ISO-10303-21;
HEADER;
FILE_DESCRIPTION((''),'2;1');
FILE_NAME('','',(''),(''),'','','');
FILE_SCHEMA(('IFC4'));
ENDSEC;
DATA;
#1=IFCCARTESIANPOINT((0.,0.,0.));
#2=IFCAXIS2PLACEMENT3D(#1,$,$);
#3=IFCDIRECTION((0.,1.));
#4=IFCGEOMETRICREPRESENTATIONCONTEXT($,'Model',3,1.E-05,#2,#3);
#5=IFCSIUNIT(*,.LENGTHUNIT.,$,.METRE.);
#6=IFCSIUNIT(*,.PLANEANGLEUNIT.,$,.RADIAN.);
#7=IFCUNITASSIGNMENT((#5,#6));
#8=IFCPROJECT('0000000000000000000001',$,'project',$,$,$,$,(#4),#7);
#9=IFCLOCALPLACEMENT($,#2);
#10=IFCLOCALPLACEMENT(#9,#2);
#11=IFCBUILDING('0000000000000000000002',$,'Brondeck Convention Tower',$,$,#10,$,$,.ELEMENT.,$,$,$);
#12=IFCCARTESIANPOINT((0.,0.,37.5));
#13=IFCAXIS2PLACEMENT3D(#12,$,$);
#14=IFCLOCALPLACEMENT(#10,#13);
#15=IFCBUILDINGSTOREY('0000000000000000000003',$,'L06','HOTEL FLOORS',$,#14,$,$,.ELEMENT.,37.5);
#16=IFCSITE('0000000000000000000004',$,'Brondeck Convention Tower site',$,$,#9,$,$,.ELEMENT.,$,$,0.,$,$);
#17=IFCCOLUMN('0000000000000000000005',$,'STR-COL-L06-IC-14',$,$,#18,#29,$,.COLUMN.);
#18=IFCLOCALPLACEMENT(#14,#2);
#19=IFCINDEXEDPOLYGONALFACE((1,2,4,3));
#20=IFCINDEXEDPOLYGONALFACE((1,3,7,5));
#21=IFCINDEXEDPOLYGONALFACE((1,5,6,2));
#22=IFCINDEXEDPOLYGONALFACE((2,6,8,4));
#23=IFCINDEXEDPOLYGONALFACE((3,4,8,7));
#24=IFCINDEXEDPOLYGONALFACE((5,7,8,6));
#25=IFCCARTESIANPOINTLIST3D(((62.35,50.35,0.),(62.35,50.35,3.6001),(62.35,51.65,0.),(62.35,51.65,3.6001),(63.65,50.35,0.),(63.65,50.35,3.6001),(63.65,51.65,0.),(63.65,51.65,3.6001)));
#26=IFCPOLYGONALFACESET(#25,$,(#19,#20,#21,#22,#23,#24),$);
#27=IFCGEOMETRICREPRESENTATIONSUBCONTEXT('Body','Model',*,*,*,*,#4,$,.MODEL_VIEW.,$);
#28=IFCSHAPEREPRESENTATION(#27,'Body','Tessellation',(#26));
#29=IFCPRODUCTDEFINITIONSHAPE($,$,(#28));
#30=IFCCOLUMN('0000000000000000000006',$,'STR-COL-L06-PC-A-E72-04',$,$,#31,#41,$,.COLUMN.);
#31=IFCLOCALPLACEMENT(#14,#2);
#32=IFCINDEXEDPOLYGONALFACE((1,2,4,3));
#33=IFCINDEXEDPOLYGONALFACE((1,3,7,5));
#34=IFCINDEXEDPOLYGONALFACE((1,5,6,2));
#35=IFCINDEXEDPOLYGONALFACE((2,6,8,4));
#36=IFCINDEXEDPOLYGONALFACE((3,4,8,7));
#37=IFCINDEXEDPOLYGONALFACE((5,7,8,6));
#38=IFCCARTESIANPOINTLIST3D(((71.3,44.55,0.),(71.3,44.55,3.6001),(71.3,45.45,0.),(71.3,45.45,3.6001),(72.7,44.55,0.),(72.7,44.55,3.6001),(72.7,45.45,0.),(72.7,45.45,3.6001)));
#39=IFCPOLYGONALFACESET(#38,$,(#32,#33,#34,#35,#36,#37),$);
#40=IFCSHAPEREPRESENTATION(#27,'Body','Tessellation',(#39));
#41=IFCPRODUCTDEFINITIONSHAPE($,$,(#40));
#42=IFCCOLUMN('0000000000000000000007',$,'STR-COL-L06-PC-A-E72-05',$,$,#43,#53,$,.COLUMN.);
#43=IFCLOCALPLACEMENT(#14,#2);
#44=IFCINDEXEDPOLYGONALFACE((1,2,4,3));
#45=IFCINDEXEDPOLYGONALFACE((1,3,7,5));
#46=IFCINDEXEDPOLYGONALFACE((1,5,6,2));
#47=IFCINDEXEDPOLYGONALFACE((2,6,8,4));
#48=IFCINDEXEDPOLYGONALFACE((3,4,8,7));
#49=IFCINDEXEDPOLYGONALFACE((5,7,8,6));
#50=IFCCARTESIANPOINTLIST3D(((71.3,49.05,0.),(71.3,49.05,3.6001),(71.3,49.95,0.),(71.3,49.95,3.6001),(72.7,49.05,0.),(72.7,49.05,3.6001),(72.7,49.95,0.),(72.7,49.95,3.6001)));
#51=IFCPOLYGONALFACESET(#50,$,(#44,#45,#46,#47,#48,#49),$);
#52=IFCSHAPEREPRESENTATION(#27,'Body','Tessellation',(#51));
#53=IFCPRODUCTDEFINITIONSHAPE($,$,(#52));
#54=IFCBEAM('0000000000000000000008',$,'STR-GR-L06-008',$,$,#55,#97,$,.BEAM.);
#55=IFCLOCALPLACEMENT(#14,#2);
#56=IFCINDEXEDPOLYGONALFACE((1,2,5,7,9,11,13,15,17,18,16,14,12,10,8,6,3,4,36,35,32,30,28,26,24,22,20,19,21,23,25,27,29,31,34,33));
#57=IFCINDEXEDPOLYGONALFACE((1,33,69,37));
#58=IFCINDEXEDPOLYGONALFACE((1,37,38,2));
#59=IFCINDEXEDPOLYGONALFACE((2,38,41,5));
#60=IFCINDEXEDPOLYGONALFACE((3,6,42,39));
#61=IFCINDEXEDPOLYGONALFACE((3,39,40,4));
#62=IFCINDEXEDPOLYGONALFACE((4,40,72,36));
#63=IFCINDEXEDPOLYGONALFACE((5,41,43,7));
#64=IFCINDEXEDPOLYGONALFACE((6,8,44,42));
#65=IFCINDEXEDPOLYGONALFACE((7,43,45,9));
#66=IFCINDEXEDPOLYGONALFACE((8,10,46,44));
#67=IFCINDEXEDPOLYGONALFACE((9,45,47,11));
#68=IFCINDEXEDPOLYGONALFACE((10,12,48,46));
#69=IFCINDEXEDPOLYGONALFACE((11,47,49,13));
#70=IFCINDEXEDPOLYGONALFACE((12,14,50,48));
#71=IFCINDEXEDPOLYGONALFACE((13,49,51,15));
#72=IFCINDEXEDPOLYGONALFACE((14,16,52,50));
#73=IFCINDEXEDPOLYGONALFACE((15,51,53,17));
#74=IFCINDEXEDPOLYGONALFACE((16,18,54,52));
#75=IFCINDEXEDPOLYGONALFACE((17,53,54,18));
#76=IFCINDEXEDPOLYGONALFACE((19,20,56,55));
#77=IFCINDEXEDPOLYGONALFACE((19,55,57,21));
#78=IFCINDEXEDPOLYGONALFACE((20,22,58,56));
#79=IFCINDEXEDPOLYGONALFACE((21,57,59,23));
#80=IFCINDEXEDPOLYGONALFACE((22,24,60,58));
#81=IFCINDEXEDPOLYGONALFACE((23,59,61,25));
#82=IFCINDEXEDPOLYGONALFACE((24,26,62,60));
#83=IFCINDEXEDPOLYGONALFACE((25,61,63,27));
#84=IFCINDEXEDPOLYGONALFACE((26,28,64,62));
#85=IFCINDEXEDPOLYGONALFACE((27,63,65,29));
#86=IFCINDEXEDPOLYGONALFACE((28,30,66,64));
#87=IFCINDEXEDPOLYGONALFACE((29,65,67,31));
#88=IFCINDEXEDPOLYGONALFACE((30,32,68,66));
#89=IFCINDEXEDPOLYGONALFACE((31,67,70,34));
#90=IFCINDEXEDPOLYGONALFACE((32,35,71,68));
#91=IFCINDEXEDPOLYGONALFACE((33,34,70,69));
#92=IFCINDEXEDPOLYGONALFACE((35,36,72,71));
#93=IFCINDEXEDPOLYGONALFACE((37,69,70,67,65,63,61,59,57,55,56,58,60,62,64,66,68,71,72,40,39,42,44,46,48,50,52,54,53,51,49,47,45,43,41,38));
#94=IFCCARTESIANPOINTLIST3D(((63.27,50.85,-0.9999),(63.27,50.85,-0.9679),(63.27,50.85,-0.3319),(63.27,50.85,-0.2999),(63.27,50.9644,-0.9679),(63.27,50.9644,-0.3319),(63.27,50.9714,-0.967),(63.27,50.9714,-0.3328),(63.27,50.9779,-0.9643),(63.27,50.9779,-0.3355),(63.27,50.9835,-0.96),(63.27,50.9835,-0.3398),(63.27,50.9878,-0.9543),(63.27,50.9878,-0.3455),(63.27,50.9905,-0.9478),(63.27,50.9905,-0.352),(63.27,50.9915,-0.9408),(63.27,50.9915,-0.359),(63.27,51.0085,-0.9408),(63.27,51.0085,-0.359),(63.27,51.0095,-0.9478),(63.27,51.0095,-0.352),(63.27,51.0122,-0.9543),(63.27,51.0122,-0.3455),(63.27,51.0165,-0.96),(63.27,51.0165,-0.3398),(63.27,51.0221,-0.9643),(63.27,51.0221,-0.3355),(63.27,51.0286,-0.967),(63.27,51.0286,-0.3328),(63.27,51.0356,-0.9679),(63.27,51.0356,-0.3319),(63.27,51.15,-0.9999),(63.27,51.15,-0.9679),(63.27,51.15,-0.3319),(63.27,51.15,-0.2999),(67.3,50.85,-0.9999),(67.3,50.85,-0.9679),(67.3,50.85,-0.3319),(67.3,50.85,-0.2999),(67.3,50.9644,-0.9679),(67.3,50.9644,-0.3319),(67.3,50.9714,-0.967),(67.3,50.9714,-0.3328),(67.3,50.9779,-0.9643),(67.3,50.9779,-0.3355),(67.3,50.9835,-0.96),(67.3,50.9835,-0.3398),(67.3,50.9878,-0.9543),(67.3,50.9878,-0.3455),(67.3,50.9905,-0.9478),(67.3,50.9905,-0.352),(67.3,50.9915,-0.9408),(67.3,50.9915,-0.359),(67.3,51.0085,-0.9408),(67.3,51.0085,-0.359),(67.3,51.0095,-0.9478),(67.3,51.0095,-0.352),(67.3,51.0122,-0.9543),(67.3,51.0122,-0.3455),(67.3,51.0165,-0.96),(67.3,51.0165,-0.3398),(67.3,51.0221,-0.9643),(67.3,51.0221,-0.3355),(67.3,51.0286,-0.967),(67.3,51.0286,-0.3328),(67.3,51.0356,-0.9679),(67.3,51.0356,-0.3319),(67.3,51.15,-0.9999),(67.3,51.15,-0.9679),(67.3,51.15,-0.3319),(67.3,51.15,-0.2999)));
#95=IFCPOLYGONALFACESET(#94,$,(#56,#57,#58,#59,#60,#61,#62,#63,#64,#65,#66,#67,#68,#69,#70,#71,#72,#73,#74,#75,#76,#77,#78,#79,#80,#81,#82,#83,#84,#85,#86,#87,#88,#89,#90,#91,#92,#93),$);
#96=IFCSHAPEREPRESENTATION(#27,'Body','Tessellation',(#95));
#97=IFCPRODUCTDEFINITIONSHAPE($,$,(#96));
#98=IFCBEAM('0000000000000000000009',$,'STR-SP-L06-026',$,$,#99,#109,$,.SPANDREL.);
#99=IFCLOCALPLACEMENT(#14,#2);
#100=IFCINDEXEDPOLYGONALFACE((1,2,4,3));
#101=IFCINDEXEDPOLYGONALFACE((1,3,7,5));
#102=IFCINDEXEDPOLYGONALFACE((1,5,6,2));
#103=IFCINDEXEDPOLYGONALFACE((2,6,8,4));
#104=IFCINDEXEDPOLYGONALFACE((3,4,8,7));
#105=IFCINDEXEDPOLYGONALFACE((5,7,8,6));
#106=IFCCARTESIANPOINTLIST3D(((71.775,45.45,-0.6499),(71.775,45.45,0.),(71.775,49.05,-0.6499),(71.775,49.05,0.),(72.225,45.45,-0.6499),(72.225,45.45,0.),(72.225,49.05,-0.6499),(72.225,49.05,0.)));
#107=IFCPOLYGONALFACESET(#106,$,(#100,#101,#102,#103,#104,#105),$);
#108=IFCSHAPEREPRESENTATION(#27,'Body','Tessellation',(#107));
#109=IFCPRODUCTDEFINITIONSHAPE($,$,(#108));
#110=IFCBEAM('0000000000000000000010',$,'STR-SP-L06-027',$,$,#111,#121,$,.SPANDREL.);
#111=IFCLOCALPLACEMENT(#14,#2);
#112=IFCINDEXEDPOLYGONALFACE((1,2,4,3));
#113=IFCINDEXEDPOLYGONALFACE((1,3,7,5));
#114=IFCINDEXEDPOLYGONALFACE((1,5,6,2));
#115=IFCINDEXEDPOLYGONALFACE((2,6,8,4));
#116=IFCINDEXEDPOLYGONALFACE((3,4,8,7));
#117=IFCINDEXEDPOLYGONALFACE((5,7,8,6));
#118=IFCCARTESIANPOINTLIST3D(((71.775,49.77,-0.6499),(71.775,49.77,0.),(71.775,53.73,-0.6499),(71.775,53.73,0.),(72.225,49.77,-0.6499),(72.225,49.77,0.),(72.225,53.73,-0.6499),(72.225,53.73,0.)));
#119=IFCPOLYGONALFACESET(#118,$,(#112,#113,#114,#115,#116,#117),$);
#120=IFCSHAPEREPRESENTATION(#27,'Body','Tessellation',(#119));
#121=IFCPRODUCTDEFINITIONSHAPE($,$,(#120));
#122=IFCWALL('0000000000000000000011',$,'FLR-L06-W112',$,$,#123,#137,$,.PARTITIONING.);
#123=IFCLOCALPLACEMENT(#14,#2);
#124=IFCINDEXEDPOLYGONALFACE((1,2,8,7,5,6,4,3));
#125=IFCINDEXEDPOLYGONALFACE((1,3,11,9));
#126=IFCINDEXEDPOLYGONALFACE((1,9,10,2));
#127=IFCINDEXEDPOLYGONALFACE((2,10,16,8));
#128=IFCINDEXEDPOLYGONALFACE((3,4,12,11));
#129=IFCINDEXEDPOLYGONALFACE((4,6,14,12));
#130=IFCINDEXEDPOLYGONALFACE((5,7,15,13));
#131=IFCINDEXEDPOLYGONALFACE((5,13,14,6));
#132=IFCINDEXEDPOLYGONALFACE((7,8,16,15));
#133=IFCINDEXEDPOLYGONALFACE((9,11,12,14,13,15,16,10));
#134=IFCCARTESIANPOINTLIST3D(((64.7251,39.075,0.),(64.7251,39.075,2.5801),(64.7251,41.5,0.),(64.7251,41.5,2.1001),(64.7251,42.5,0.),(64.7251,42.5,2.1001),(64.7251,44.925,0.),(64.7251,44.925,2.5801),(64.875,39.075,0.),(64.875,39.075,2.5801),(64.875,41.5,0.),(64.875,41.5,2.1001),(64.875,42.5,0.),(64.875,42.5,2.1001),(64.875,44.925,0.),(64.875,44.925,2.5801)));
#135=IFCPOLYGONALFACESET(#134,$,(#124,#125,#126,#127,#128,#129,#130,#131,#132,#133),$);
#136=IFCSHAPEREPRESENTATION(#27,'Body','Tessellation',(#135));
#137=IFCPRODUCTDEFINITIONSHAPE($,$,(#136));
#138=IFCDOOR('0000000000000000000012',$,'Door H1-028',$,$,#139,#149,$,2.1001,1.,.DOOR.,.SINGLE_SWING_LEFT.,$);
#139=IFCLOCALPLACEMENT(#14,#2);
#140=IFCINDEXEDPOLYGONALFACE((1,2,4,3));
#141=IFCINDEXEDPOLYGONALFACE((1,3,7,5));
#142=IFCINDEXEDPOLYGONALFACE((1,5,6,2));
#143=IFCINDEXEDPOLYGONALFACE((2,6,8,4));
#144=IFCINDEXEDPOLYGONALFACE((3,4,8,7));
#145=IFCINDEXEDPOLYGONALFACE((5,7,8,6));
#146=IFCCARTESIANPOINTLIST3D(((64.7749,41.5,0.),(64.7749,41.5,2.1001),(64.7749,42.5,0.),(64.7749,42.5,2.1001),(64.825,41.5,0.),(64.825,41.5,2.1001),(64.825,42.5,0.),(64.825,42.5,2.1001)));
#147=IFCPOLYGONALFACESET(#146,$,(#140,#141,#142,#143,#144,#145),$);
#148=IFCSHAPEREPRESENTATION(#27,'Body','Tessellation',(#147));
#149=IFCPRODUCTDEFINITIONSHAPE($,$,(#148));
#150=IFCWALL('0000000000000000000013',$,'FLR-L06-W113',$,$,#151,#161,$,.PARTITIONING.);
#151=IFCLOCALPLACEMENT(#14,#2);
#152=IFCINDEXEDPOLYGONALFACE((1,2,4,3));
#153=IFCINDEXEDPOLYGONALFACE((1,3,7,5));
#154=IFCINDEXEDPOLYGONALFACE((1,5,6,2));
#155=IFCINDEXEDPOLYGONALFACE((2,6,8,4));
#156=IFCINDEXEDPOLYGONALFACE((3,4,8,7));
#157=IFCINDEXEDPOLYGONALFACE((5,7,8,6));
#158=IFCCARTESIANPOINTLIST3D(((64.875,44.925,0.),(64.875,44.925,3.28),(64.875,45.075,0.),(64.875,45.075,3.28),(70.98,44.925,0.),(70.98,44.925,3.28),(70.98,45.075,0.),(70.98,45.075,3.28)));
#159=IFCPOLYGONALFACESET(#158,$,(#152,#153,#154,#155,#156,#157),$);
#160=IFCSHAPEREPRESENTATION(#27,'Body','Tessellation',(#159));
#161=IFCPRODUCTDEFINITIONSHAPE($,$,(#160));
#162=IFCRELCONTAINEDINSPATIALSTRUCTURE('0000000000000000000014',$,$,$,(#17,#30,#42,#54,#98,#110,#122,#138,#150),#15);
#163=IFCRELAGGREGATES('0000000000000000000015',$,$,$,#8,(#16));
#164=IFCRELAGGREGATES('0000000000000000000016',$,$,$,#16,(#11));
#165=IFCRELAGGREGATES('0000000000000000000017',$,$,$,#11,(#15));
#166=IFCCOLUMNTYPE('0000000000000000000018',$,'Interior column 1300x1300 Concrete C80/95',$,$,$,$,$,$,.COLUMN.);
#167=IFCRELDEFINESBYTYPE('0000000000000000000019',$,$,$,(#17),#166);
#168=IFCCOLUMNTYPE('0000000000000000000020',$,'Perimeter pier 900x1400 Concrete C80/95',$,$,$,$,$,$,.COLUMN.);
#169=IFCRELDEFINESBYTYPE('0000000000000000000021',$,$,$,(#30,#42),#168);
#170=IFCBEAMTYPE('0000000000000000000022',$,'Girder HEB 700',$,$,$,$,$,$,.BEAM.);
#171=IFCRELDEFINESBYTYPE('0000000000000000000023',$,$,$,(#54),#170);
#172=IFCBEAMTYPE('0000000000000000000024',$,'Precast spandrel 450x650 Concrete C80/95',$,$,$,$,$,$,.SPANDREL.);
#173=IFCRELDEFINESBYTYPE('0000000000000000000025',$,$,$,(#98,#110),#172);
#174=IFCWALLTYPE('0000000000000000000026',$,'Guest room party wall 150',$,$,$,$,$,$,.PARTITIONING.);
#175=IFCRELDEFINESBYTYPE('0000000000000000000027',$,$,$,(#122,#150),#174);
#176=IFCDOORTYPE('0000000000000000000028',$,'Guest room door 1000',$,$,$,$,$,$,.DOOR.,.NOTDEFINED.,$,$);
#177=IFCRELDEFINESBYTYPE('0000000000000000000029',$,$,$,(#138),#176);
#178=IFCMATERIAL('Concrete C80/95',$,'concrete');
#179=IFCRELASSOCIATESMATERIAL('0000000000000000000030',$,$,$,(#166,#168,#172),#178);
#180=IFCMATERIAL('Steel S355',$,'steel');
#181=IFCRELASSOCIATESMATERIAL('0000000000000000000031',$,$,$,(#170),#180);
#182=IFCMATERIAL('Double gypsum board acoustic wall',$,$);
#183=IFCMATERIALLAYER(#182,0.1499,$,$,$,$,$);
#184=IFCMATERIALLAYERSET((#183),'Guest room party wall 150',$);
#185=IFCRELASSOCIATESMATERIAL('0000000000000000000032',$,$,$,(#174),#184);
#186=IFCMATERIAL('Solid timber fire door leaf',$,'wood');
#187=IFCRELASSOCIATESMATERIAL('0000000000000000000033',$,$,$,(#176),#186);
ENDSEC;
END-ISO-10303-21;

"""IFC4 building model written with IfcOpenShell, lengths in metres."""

from ifc_helpers import new_model, si_unit, direction, frame, frame_2d, origin, origin_2d, place, context, subcontext, project, spatial, rectangle, i_section, extrude, material, layer, layer_set, material_profile, profile_set, type_object, element, fill, save


model = new_model("IFC4")

# Units and contexts
model_context = context("Model", 3, precision=1e-05, world=origin(), true_north=direction((0.0, 1.0)))
body_context = subcontext(model_context, "Body", "Model", "MODEL_VIEW")
ifc_project = project(units=[si_unit("LENGTHUNIT", "METRE"), si_unit("PLANEANGLEUNIT", "RADIAN")], contexts=[model_context])

# Site, building, storey
site_placement = place(None, origin())
site = spatial("IfcSite", under=ifc_project, at=site_placement, Name="Brondeck Convention Tower site", CompositionType="ELEMENT", RefElevation=0.0)
building_placement = place(site_placement, origin())
building = spatial("IfcBuilding", under=site, at=building_placement, Name="Brondeck Convention Tower", CompositionType="ELEMENT")
storey_placement = place(building_placement, frame((0.0, 0.0, 37.5)))
storey = spatial("IfcBuildingStorey", under=building, at=storey_placement, Name="L06", Description="HOTEL FLOORS", CompositionType="ELEMENT", Elevation=37.5)

# Columns
ifc_material_1 = material(Name="Concrete C80/95", Category="concrete")
ifc_material_profile_1 = material_profile(ifc_material_1, rectangle(XDim=1.3, YDim=1.3, at=origin_2d()), Name="Interior column 1300x1300 Concrete C80/95")
ifc_profile_set_1 = profile_set([ifc_material_profile_1], Name="Concrete C80/95")
column_type_1 = type_object("IfcColumnType", Name="Interior column 1300x1300 Concrete C80/95", PredefinedType="COLUMN", material=ifc_profile_set_1)
column_placement = place(storey_placement, frame((63.0, 51.0, 0.0), z_axis=(0.0, 0.0, 1.0), x_axis=(1.0, 0.0, 0.0)))
element("IfcColumn", 1, at=column_placement, inside=storey, type_object=column_type_1, Name="STR-COL-L06-IC-14", PredefinedType="COLUMN", context=body_context, shape_type="SweptSolid", body=[
    extrude(rectangle(XDim=1.3, YDim=1.3, at=origin_2d()), origin(), (0.0, 0.0, 1.0), 3.6001),
])
ifc_material_profile_2 = material_profile(ifc_material_1, rectangle(XDim=0.8999, YDim=1.3999, at=origin_2d()), Name="Perimeter pier 900x1400 Concrete C80/95")
ifc_profile_set_2 = profile_set([ifc_material_profile_2], Name="Concrete C80/95")
column_type_2 = type_object("IfcColumnType", Name="Perimeter pier 900x1400 Concrete C80/95", PredefinedType="COLUMN", material=ifc_profile_set_2)
for number, where, z_axis, x_axis, name in (
    (2, (72.0, 45.0, 0.0), (0.0, 0.0, 1.0), (0.0, 1.0, 0.0), "STR-COL-L06-PC-A-E72-04"),
    (3, (72.0, 49.5, 0.0), (0.0, 0.0, 1.0), (0.0, 1.0, 0.0), "STR-COL-L06-PC-A-E72-05"),
):
    element("IfcColumn", number, at=place(storey_placement, frame(where, z_axis=z_axis, x_axis=x_axis)), inside=storey, type_object=column_type_2, Name=name, PredefinedType="COLUMN", context=body_context, shape_type="SweptSolid", body=[
        extrude(rectangle(XDim=0.8999, YDim=1.3999, at=origin_2d()), origin(), (0.0, 0.0, 1.0), 3.6001),
    ])

# Beams
ifc_material_2 = material(Name="Steel S355", Category="steel")
ifc_material_profile_3 = material_profile(ifc_material_2, i_section(OverallWidth=0.3, OverallDepth=0.7, WebThickness=0.0171, FlangeThickness=0.032, FilletRadius=0.0271, at=origin_2d()), Name="HEB 700")
ifc_profile_set_3 = profile_set([ifc_material_profile_3], Name="Steel S355")
beam_type_1 = type_object("IfcBeamType", Name="Girder HEB 700", PredefinedType="BEAM", material=ifc_profile_set_3)
beam_1_placement = place(storey_placement, frame((63.27, 51.0, -0.6499), z_axis=(1.0, 0.0, 0.0), x_axis=(0.0, 1.0, 0.0)))
element("IfcBeam", 4, at=beam_1_placement, inside=storey, type_object=beam_type_1, Name="STR-GR-L06-008", PredefinedType="BEAM", context=body_context, shape_type="SweptSolid", body=[
    extrude(i_section(OverallWidth=0.3, OverallDepth=0.7, WebThickness=0.0171, FlangeThickness=0.032, FilletRadius=0.0271, at=origin_2d()), origin(), (0.0, 0.0, 1.0), 4.03),
])
ifc_material_profile_4 = material_profile(ifc_material_1, rectangle(XDim=0.45, YDim=0.6499, at=origin_2d()), Name="Precast spandrel 450x650 Concrete C80/95")
ifc_profile_set_4 = profile_set([ifc_material_profile_4], Name="Concrete C80/95")
beam_type_2 = type_object("IfcBeamType", Name="Precast spandrel 450x650 Concrete C80/95", PredefinedType="SPANDREL", material=ifc_profile_set_4)
beam_2_placement = place(storey_placement, frame((72.0, 45.45, -0.325), z_axis=(0.0, 1.0, 0.0), x_axis=(-1.0, 0.0, 0.0)))
element("IfcBeam", 5, at=beam_2_placement, inside=storey, type_object=beam_type_2, Name="STR-SP-L06-026", PredefinedType="SPANDREL", context=body_context, shape_type="SweptSolid", body=[
    extrude(rectangle(XDim=0.45, YDim=0.6499, at=origin_2d()), origin(), (0.0, 0.0, 1.0), 3.6001),
])
beam_3_placement = place(storey_placement, frame((72.0, 49.77, -0.325), z_axis=(0.0, 1.0, 0.0), x_axis=(-1.0, 0.0, 0.0)))
element("IfcBeam", 6, at=beam_3_placement, inside=storey, type_object=beam_type_2, Name="STR-SP-L06-027", PredefinedType="SPANDREL", context=body_context, shape_type="SweptSolid", body=[
    extrude(rectangle(XDim=0.45, YDim=0.6499, at=origin_2d()), origin(), (0.0, 0.0, 1.0), 3.96),
])

# Wall, opening, door
ifc_material_3 = material(Name="Double gypsum board acoustic wall")
ifc_layer_1 = layer(ifc_material_3, 0.1499)
ifc_layer_set_1 = layer_set([ifc_layer_1], Name="Guest room party wall 150")
wall_type_1 = type_object("IfcWallType", Name="Guest room party wall 150", PredefinedType="PARTITIONING", material=ifc_layer_set_1)
wall_1_placement = place(storey_placement, frame((64.8, 44.925, 0.0), z_axis=(0.0, 0.0, 1.0), x_axis=(0.0, -1.0, 0.0)))
wall_1 = element("IfcWall", 7, at=wall_1_placement, inside=storey, type_object=wall_type_1, Name="FLR-L06-W112", PredefinedType="PARTITIONING", context=body_context, shape_type="SweptSolid", body=[
    extrude(rectangle(XDim=5.8501, YDim=0.1499, at=frame_2d((2.925, 0.0))), origin(), (0.0, 0.0, 1.0), 2.5801),
])
opening_1_placement = place(wall_1_placement, frame((2.425, 0.0, 0.0)))
opening_1 = element("IfcOpeningElement", 8, at=opening_1_placement, cuts=wall_1, PredefinedType="OPENING", context=body_context, shape_type="SweptSolid", body=[
    extrude(rectangle(XDim=1.0, YDim=2.1001, at=frame_2d((0.5, 1.05))), frame((0.0, 0.085, 0.0), z_axis=(0.0, -1.0, 0.0), x_axis=(1.0, 0.0, 0.0)), (0.0, 0.0, 1.0), 0.1699),
])
ifc_material_4 = material(Name="Solid timber fire door leaf", Category="wood")
door_type_1 = type_object("IfcDoorType", Name="Guest room door 1000", OperationType="NOTDEFINED", PredefinedType="DOOR", material=ifc_material_4)
door_1_placement = place(opening_1_placement, origin())
door_1 = element("IfcDoor", 9, at=door_1_placement, inside=storey, type_object=door_type_1, Name="Door H1-028", OperationType="SINGLE_SWING_LEFT", OverallHeight=2.1001, OverallWidth=1.0, PredefinedType="DOOR", context=body_context, shape_type="SweptSolid", body=[
    extrude(rectangle(XDim=1.0, YDim=2.1001, at=frame_2d((0.5, 1.05))), frame((0.0, 0.0249, 0.0), z_axis=(0.0, -1.0, 0.0), x_axis=(1.0, 0.0, 0.0)), (0.0, 0.0, 1.0), 0.05),
])
fill(opening_1, door_1)

# Wall
wall_2_placement = place(storey_placement, frame((70.98, 45.0, 0.0), z_axis=(0.0, 0.0, 1.0), x_axis=(-1.0, 0.0, 0.0)))
element("IfcWall", 10, at=wall_2_placement, inside=storey, type_object=wall_type_1, Name="FLR-L06-W113", PredefinedType="PARTITIONING", context=body_context, shape_type="SweptSolid", body=[
    extrude(rectangle(XDim=6.105, YDim=0.1499, at=frame_2d((3.0525, 0.0))), origin(), (0.0, 0.0, 1.0), 3.28),
])

save(model, "model.ifc")
